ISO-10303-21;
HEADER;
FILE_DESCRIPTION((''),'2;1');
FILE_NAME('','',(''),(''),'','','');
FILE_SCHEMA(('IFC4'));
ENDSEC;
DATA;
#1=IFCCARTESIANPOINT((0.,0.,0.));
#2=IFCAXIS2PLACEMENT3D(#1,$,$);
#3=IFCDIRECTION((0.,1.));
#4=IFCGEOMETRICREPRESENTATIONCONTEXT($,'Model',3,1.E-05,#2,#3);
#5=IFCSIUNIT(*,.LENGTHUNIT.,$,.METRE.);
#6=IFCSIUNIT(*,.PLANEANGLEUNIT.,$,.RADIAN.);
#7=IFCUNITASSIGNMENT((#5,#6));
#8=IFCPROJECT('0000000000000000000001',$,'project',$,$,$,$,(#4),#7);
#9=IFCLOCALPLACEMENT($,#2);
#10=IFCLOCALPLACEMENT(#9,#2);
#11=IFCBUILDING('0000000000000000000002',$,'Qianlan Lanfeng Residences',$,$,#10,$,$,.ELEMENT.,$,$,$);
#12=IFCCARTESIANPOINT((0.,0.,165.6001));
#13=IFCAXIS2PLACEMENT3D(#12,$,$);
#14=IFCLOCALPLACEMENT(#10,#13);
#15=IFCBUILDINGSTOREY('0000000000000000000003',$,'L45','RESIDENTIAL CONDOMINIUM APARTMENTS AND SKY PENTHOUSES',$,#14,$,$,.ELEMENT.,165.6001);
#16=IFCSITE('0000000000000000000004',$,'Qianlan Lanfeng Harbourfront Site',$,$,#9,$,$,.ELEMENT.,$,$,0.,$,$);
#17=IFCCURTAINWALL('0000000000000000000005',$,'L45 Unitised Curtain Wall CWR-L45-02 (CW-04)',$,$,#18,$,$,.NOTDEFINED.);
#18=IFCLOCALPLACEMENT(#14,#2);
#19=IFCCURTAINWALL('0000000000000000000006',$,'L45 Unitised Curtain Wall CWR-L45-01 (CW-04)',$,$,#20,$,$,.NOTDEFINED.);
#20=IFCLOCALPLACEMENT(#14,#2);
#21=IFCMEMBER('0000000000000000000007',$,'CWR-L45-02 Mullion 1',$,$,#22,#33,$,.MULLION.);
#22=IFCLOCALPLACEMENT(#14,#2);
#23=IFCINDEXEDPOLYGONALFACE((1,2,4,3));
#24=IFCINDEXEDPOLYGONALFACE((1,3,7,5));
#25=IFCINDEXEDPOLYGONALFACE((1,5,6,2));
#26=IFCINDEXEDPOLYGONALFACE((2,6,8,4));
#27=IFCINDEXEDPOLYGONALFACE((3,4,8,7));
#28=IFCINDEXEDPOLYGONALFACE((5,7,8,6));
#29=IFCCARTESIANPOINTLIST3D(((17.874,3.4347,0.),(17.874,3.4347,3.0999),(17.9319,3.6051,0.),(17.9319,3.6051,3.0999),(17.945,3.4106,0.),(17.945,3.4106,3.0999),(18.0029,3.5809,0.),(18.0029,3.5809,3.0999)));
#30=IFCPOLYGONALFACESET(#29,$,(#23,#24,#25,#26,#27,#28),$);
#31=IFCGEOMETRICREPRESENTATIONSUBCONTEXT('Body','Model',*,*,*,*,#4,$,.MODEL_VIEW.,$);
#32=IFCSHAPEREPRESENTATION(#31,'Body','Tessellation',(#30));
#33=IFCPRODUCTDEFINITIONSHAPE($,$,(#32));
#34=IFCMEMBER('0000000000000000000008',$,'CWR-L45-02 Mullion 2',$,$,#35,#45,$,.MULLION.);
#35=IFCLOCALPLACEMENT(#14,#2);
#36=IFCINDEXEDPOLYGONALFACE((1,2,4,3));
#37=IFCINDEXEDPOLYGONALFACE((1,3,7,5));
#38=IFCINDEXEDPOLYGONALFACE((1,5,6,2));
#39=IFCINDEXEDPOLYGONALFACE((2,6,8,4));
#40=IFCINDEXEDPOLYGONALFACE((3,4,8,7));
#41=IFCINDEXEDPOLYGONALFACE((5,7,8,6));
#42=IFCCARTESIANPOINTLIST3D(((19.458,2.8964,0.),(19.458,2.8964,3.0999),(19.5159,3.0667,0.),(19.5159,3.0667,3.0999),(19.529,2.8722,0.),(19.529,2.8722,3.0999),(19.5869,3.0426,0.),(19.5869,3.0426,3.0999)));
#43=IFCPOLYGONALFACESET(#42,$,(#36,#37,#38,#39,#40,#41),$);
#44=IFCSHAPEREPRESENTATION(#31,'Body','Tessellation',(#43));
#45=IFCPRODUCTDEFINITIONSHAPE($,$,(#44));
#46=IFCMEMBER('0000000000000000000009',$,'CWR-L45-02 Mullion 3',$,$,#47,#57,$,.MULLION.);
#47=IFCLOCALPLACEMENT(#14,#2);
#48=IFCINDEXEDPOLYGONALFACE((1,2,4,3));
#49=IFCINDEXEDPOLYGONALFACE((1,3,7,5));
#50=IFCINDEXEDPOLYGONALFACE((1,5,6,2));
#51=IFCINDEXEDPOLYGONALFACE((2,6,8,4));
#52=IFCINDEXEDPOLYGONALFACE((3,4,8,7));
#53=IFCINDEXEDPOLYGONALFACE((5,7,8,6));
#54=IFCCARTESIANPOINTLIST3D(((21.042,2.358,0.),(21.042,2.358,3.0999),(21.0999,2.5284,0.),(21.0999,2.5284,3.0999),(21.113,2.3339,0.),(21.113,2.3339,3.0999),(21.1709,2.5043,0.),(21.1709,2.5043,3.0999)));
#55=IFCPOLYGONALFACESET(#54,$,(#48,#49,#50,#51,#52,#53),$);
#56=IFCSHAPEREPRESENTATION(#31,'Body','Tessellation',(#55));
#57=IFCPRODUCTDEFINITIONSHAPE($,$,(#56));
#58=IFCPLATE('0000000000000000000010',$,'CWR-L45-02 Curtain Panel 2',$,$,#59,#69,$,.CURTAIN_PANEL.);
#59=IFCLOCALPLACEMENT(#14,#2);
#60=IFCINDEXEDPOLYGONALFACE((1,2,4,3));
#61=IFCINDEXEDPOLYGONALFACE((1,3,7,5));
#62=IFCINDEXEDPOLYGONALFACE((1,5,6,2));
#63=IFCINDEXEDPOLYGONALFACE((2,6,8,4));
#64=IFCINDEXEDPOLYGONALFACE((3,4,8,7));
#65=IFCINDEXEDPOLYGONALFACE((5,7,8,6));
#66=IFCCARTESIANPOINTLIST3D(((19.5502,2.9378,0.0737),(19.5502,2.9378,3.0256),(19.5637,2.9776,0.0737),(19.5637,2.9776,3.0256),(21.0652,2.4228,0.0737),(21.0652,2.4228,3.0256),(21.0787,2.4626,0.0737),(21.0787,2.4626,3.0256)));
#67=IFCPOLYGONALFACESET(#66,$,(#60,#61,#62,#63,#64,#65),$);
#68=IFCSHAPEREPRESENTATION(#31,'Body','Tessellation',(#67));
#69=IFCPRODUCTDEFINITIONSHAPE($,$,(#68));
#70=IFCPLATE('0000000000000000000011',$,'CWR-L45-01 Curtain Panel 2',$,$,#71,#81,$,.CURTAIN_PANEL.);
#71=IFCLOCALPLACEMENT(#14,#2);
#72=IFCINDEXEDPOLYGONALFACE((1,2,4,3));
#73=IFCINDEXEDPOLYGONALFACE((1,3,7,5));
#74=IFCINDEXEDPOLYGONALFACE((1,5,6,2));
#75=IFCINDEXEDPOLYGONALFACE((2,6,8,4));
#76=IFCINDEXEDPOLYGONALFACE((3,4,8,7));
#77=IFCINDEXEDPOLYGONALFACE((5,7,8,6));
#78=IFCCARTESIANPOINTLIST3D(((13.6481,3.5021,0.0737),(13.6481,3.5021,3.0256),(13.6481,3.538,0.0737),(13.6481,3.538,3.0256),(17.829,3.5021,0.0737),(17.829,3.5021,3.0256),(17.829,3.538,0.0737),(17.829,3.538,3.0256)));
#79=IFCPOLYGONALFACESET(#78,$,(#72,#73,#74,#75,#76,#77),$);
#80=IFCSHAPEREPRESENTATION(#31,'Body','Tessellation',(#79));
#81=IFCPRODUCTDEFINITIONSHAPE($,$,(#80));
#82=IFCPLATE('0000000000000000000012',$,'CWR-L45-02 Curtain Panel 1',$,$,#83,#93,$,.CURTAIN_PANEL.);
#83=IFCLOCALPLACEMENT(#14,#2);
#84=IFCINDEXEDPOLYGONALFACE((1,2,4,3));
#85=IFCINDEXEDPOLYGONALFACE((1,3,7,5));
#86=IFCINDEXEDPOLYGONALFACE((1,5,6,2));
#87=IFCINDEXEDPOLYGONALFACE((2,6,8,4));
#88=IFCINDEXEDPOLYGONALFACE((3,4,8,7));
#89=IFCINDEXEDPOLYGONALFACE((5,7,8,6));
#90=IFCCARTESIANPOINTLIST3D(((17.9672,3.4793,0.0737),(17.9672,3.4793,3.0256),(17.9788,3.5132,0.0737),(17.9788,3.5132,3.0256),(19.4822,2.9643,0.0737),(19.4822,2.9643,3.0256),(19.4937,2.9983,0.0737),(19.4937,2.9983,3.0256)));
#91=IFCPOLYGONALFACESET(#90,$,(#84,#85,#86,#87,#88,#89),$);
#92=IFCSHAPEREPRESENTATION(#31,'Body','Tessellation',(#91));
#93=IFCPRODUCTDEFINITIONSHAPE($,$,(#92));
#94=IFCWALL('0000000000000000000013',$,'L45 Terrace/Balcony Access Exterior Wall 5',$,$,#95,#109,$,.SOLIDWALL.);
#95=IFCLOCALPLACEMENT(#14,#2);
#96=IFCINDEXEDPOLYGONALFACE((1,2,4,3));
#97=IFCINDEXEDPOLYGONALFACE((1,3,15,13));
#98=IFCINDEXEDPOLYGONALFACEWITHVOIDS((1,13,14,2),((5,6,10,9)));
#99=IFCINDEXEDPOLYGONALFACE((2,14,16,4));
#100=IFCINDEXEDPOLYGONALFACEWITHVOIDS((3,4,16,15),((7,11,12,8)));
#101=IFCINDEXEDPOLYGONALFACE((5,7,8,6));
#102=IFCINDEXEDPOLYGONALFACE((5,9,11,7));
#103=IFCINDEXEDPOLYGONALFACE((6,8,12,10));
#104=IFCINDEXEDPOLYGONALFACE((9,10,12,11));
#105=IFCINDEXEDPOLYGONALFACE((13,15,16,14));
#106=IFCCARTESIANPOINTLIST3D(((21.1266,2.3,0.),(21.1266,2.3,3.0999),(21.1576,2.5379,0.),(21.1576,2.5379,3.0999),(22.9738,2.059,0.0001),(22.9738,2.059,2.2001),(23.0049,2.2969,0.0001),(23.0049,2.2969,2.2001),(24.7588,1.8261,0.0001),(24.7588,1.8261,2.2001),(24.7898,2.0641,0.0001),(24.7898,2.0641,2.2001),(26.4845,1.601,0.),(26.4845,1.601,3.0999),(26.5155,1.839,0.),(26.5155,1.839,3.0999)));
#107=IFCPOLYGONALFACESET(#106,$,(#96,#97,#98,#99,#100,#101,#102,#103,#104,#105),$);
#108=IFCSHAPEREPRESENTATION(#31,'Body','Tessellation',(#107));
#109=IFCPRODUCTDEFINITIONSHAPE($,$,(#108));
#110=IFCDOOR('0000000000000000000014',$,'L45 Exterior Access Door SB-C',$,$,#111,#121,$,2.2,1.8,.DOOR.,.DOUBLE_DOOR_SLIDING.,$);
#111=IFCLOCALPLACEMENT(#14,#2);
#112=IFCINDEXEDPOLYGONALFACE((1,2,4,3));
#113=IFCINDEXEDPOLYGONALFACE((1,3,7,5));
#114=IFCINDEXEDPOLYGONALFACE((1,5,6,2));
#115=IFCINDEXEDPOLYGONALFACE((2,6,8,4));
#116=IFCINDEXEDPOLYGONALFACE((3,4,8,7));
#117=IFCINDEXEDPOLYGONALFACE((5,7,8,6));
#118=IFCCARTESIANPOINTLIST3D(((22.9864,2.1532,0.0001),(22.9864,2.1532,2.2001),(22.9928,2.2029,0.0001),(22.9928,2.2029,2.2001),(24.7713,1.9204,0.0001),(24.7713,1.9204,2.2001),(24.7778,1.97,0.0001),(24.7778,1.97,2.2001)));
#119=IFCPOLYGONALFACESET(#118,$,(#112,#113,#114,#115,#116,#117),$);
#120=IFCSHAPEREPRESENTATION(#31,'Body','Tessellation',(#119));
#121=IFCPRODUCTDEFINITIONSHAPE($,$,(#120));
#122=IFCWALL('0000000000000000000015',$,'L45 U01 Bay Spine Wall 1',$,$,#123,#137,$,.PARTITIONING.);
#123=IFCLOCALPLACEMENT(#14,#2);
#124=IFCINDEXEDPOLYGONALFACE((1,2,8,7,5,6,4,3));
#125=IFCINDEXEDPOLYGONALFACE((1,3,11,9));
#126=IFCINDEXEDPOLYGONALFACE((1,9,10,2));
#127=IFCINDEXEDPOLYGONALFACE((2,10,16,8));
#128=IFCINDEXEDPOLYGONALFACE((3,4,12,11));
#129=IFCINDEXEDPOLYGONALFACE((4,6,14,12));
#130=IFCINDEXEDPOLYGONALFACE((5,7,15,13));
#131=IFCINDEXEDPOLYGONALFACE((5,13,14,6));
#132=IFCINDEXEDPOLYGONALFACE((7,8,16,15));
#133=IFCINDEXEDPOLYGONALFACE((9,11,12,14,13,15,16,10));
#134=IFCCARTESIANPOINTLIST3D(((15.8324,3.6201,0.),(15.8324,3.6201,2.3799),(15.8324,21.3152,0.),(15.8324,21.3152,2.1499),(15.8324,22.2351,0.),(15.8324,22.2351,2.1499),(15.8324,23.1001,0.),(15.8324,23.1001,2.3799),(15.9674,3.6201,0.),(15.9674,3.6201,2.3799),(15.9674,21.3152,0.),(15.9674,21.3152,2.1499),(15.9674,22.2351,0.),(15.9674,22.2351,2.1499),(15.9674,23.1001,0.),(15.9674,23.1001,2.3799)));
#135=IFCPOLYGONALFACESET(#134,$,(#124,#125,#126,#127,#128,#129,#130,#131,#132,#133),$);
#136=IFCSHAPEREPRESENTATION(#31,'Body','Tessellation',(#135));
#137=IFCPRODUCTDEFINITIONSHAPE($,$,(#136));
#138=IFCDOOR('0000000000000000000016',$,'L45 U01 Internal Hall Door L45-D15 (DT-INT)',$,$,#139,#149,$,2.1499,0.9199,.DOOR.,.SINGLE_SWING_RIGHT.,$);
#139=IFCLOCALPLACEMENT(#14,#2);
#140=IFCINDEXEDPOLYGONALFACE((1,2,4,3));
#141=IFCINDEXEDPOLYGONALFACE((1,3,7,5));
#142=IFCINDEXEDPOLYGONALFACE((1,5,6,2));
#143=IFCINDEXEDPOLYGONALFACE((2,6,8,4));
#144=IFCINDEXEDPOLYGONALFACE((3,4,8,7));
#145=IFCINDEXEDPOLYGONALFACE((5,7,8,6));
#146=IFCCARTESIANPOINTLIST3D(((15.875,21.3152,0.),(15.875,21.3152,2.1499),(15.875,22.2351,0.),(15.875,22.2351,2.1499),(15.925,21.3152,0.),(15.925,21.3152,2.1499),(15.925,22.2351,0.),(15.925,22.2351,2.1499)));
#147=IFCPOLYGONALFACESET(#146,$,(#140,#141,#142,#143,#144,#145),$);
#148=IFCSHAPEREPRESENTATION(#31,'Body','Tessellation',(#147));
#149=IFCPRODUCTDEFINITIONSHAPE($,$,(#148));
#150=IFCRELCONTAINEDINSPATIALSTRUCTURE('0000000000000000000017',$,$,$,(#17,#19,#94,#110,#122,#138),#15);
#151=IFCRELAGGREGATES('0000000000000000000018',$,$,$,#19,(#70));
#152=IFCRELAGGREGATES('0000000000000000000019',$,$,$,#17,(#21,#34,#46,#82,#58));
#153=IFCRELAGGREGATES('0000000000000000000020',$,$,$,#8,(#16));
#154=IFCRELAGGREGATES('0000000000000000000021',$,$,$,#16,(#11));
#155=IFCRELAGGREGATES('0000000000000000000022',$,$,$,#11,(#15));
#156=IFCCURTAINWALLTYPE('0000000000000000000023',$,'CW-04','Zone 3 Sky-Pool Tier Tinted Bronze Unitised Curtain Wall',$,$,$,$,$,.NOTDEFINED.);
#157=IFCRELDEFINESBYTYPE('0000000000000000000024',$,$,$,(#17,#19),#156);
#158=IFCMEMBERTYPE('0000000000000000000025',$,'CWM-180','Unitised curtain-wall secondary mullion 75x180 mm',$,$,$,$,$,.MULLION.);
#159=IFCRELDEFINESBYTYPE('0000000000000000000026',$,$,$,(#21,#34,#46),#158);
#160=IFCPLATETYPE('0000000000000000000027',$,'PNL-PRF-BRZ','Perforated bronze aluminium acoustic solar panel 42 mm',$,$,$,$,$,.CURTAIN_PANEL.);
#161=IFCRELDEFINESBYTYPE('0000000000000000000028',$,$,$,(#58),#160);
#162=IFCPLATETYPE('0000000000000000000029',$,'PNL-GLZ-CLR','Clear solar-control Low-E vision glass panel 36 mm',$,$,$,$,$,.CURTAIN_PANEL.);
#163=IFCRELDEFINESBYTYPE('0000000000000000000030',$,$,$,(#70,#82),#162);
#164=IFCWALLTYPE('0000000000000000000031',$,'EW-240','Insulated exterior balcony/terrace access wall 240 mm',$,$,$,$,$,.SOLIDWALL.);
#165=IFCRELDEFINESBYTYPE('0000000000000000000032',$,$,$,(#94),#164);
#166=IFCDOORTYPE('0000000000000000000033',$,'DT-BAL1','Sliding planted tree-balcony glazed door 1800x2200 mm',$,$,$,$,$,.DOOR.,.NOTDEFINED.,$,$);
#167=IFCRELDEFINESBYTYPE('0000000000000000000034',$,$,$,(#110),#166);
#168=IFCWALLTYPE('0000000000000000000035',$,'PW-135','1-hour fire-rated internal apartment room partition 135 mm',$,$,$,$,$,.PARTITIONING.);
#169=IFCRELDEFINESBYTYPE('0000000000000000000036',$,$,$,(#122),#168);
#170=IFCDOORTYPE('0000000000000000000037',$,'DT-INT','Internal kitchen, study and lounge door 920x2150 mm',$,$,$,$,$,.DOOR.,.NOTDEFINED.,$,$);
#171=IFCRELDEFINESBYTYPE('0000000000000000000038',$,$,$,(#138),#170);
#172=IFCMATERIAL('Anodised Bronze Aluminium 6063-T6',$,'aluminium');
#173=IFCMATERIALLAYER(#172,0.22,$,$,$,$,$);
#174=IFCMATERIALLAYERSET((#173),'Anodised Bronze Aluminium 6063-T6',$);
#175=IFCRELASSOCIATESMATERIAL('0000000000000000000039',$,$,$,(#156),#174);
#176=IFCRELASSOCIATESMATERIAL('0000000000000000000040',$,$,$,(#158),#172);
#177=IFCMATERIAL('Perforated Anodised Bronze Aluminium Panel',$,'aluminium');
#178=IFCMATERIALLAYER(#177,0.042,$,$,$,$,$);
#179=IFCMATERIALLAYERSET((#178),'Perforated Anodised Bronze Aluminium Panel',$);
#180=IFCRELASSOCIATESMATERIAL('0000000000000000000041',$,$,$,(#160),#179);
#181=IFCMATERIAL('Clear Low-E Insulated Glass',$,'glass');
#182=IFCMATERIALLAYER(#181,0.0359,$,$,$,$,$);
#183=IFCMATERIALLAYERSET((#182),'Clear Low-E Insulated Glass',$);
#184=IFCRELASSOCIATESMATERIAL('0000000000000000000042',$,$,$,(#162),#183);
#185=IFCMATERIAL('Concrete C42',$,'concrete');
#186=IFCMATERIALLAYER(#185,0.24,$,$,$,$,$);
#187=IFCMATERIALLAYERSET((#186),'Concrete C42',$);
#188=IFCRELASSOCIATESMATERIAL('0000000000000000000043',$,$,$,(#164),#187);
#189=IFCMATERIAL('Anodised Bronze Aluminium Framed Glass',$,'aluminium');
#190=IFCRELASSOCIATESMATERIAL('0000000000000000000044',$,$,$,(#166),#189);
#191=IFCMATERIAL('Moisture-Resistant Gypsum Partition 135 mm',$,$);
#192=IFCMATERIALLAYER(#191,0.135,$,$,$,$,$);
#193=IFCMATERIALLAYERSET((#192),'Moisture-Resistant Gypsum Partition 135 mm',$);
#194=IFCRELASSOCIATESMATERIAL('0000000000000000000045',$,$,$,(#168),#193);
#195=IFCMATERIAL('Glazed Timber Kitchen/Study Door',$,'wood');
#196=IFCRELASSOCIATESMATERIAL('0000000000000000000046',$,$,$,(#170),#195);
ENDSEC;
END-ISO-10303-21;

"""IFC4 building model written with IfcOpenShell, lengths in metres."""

from ifc_helpers import new_model, si_unit, direction, frame, frame_2d, origin, origin_2d, place, context, subcontext, project, spatial, rectangle, extrude, source, transform, mapped, material, layer, layer_set, material_profile, profile_set, type_object, element, fill, aggregate, save


model = new_model("IFC4")

# Units and contexts
model_context = context("Model", 3, precision=1e-05, world=origin(), true_north=direction((0.0, 1.0)))
body_context = subcontext(model_context, "Body", "Model", "MODEL_VIEW")
ifc_project = project(units=[si_unit("LENGTHUNIT", "METRE"), si_unit("PLANEANGLEUNIT", "RADIAN")], contexts=[model_context])

# Site, building, storey
site_placement = place(None, origin())
site = spatial("IfcSite", under=ifc_project, at=site_placement, Name="Qianlan Lanfeng Harbourfront Site", CompositionType="ELEMENT", RefElevation=0.0)
building_placement = place(site_placement, origin())
building = spatial("IfcBuilding", under=site, at=building_placement, Name="Qianlan Lanfeng Residences", CompositionType="ELEMENT")
storey_placement = place(building_placement, frame((0.0, 0.0, 165.6001)))
storey = spatial("IfcBuildingStorey", under=building, at=storey_placement, Name="L45", Description="RESIDENTIAL CONDOMINIUM APARTMENTS AND SKY PENTHOUSES", CompositionType="ELEMENT", Elevation=165.6001)

# Curtain wall
ifc_material_1 = material(Name="Anodised Bronze Aluminium 6063-T6", Category="aluminium")
ifc_layer_1 = layer(ifc_material_1, 0.22)
ifc_layer_set_1 = layer_set([ifc_layer_1], Name="Anodised Bronze Aluminium 6063-T6")
curtain_wall_type = type_object("IfcCurtainWallType", Name="CW-04", Description="Zone 3 Sky-Pool Tier Tinted Bronze Unitised Curtain Wall", PredefinedType="NOTDEFINED", material=ifc_layer_set_1)
curtain_wall_1_placement = place(storey_placement, origin())
curtain_wall_1 = element("IfcCurtainWall", 1, at=curtain_wall_1_placement, inside=storey, type_object=curtain_wall_type, Name="L45 Unitised Curtain Wall CWR-L45-02 (CW-04)", PredefinedType="NOTDEFINED")

# Curtain wall
curtain_wall_2_placement = place(storey_placement, origin())
curtain_wall_2 = element("IfcCurtainWall", 2, at=curtain_wall_2_placement, inside=storey, type_object=curtain_wall_type, Name="L45 Unitised Curtain Wall CWR-L45-01 (CW-04)", PredefinedType="NOTDEFINED")
ifc_material_profile_1 = material_profile(ifc_material_1, rectangle(XDim=0.075, YDim=0.1799, at=origin_2d()), Name="ALU MULLION 75x180")
ifc_profile_set_1 = profile_set([ifc_material_profile_1], Name="Anodised Bronze Aluminium 6063-T6")
member_type_1 = type_object("IfcMemberType", Name="CWM-180", Description="Unitised curtain-wall secondary mullion 75x180 mm", PredefinedType="MULLION", material=ifc_profile_set_1)
shared_shape_1 = source(origin(), body_context, "Body", "SweptSolid", [
    extrude(rectangle(XDim=0.075, YDim=0.1799, at=origin_2d()), origin(), (0.0, 0.0, 1.0), 3.0999),
])

# Members
member_1_placement = place(storey_placement, frame((17.9385, 3.5078, 0.0), z_axis=(0.0, 0.0, 1.0), x_axis=(0.946796, -0.321834, 0.0)))
member_1 = element("IfcMember", 3, at=member_1_placement, type_object=member_type_1, Name="CWR-L45-02 Mullion 1", PredefinedType="MULLION", context=body_context, shape_type="MappedRepresentation", body=[
    mapped(shared_shape_1, transform((0.0, 0.0, 0.0), scale=1.0)),
])
member_2_placement = place(storey_placement, frame((19.5225, 2.9695, 0.0), z_axis=(0.0, 0.0, 1.0), x_axis=(0.946796, -0.321834, 0.0)))
member_2 = element("IfcMember", 4, at=member_2_placement, type_object=member_type_1, Name="CWR-L45-02 Mullion 2", PredefinedType="MULLION", context=body_context, shape_type="MappedRepresentation", body=[
    mapped(shared_shape_1, transform((0.0, 0.0, 0.0), scale=1.0)),
])
member_3_placement = place(storey_placement, frame((21.1064, 2.4312, 0.0), z_axis=(0.0, 0.0, 1.0), x_axis=(0.946796, -0.321834, 0.0)))
member_3 = element("IfcMember", 5, at=member_3_placement, type_object=member_type_1, Name="CWR-L45-02 Mullion 3", PredefinedType="MULLION", context=body_context, shape_type="MappedRepresentation", body=[
    mapped(shared_shape_1, transform((0.0, 0.0, 0.0), scale=1.0)),
])

# Plates
ifc_material_2 = material(Name="Perforated Anodised Bronze Aluminium Panel", Category="aluminium")
ifc_layer_2 = layer(ifc_material_2, 0.042)
ifc_layer_set_2 = layer_set([ifc_layer_2], Name="Perforated Anodised Bronze Aluminium Panel")
plate_type_1 = type_object("IfcPlateType", Name="PNL-PRF-BRZ", Description="Perforated bronze aluminium acoustic solar panel 42 mm", PredefinedType="CURTAIN_PANEL", material=ifc_layer_set_2)
shared_shape_2 = source(origin(), body_context, "Body", "SweptSolid", [
    extrude(rectangle(XDim=1.6001, YDim=0.042, at=origin_2d()), origin(), (0.0, 0.0, 1.0), 2.9519),
])
plate_1_placement = place(storey_placement, frame((20.3145, 2.7002, 0.0737), z_axis=(0.0, 0.0, 1.0), x_axis=(0.946796, -0.321834, 0.0)))
plate_1 = element("IfcPlate", 6, at=plate_1_placement, type_object=plate_type_1, Name="CWR-L45-02 Curtain Panel 2", PredefinedType="CURTAIN_PANEL", context=body_context, shape_type="MappedRepresentation", body=[
    mapped(shared_shape_2, transform((0.0, 0.0, 0.0), scale=1.0)),
])
ifc_material_3 = material(Name="Clear Low-E Insulated Glass", Category="glass")
ifc_layer_3 = layer(ifc_material_3, 0.0359)
ifc_layer_set_3 = layer_set([ifc_layer_3], Name="Clear Low-E Insulated Glass")
plate_type_2 = type_object("IfcPlateType", Name="PNL-GLZ-CLR", Description="Clear solar-control Low-E vision glass panel 36 mm", PredefinedType="CURTAIN_PANEL", material=ifc_layer_set_3)
shared_shape_3 = source(origin(), body_context, "Body", "SweptSolid", [
    extrude(rectangle(XDim=4.1809, YDim=0.0359, at=origin_2d()), origin(), (0.0, 0.0, 1.0), 2.9519),
])
plate_2_placement = place(storey_placement, frame((15.7385, 3.52, 0.0737), z_axis=(0.0, 0.0, 1.0), x_axis=(1.0, 0.0, 0.0)))
plate_2 = element("IfcPlate", 7, at=plate_2_placement, type_object=plate_type_2, Name="CWR-L45-01 Curtain Panel 2", PredefinedType="CURTAIN_PANEL", context=body_context, shape_type="MappedRepresentation", body=[
    mapped(shared_shape_3, transform((0.0, 0.0, 0.0), scale=1.0)),
])
aggregate(curtain_wall_2, [plate_2])
shared_shape_4 = source(origin(), body_context, "Body", "SweptSolid", [
    extrude(rectangle(XDim=1.6001, YDim=0.0359, at=origin_2d()), origin(), (0.0, 0.0, 1.0), 2.9519),
])
plate_3_placement = place(storey_placement, frame((18.7305, 3.2388, 0.0737), z_axis=(0.0, 0.0, 1.0), x_axis=(0.946796, -0.321834, 0.0)))
plate_3 = element("IfcPlate", 8, at=plate_3_placement, type_object=plate_type_2, Name="CWR-L45-02 Curtain Panel 1", PredefinedType="CURTAIN_PANEL", context=body_context, shape_type="MappedRepresentation", body=[
    mapped(shared_shape_4, transform((0.0, 0.0, 0.0), scale=1.0)),
])
aggregate(curtain_wall_1, [member_1, member_2, member_3, plate_3, plate_1])

# Walls, openings, doors
ifc_material_4 = material(Name="Concrete C42", Category="concrete")
ifc_layer_4 = layer(ifc_material_4, 0.24)
ifc_layer_set_4 = layer_set([ifc_layer_4], Name="Concrete C42")
wall_type_1 = type_object("IfcWallType", Name="EW-240", Description="Insulated exterior balcony/terrace access wall 240 mm", PredefinedType="SOLIDWALL", material=ifc_layer_set_4)
wall_1_placement = place(storey_placement, frame((21.1421, 2.4189, 0.0), z_axis=(0.0, 0.0, 1.0), x_axis=(0.991598, -0.12936, 0.0)))
wall_1 = element("IfcWall", 9, at=wall_1_placement, inside=storey, type_object=wall_type_1, Name="L45 Terrace/Balcony Access Exterior Wall 5", PredefinedType="SOLIDWALL", context=body_context, shape_type="SweptSolid", body=[
    extrude(rectangle(XDim=5.4033, YDim=0.24, at=frame_2d((2.7017, 0.0))), origin(), (0.0, 0.0, 1.0), 3.0999),
])
opening_1_placement = place(wall_1_placement, frame((1.863, 0.0, 0.0)))
opening_1 = element("IfcOpeningElement", 10, at=opening_1_placement, cuts=wall_1, PredefinedType="OPENING", context=body_context, shape_type="SweptSolid", body=[
    extrude(rectangle(XDim=1.8, YDim=2.2, at=frame_2d((0.8999, 1.1001))), frame((0.0, 0.1299, 0.0), z_axis=(0.0, -1.0, 0.0), x_axis=(1.0, 0.0, 0.0)), (0.0, 0.0, 1.0), 0.26),
])
ifc_material_5 = material(Name="Anodised Bronze Aluminium Framed Glass", Category="aluminium")
door_type_1 = type_object("IfcDoorType", Name="DT-BAL1", Description="Sliding planted tree-balcony glazed door 1800x2200 mm", OperationType="NOTDEFINED", PredefinedType="DOOR", material=ifc_material_5)
door_1_placement = place(opening_1_placement, frame((1.8, 0.0, 0.0), z_axis=(0.0, 0.0, 1.0), x_axis=(-1.0, 0.0, 0.0)))
door_1 = element("IfcDoor", 11, at=door_1_placement, inside=storey, type_object=door_type_1, Name="L45 Exterior Access Door SB-C", OperationType="DOUBLE_DOOR_SLIDING", OverallHeight=2.2, OverallWidth=1.8, PredefinedType="DOOR", context=body_context, shape_type="SweptSolid", body=[
    extrude(rectangle(XDim=1.8, YDim=2.2, at=frame_2d((0.8999, 1.1001))), frame((0.0, 0.0249, 0.0), z_axis=(0.0, -1.0, 0.0), x_axis=(1.0, 0.0, 0.0)), (0.0, 0.0, 1.0), 0.05),
])
fill(opening_1, door_1)
ifc_material_6 = material(Name="Moisture-Resistant Gypsum Partition 135 mm")
ifc_layer_5 = layer(ifc_material_6, 0.135)
ifc_layer_set_5 = layer_set([ifc_layer_5], Name="Moisture-Resistant Gypsum Partition 135 mm")
wall_type_2 = type_object("IfcWallType", Name="PW-135", Description="1-hour fire-rated internal apartment room partition 135 mm", PredefinedType="PARTITIONING", material=ifc_layer_set_5)
wall_2_placement = place(storey_placement, frame((15.8999, 3.6201, 0.0), z_axis=(0.0, 0.0, 1.0), x_axis=(0.0, 1.0, 0.0)))
wall_2 = element("IfcWall", 12, at=wall_2_placement, inside=storey, type_object=wall_type_2, Name="L45 U01 Bay Spine Wall 1", PredefinedType="PARTITIONING", context=body_context, shape_type="SweptSolid", body=[
    extrude(rectangle(XDim=19.48, YDim=0.135, at=frame_2d((9.74, 0.0))), origin(), (0.0, 0.0, 1.0), 2.3799),
])
opening_2_placement = place(wall_2_placement, frame((17.6951, 0.0, 0.0)))
opening_2 = element("IfcOpeningElement", 13, at=opening_2_placement, cuts=wall_2, PredefinedType="OPENING", context=body_context, shape_type="SweptSolid", body=[
    extrude(rectangle(XDim=0.9199, YDim=2.1499, at=frame_2d((0.46, 1.075))), frame((0.0, 0.0776, 0.0), z_axis=(0.0, -1.0, 0.0), x_axis=(1.0, 0.0, 0.0)), (0.0, 0.0, 1.0), 0.155),
])
ifc_material_7 = material(Name="Glazed Timber Kitchen/Study Door", Category="wood")
door_type_2 = type_object("IfcDoorType", Name="DT-INT", Description="Internal kitchen, study and lounge door 920x2150 mm", OperationType="NOTDEFINED", PredefinedType="DOOR", material=ifc_material_7)
door_2_placement = place(opening_2_placement, origin())
door_2 = element("IfcDoor", 14, at=door_2_placement, inside=storey, type_object=door_type_2, Name="L45 U01 Internal Hall Door L45-D15 (DT-INT)", OperationType="SINGLE_SWING_RIGHT", OverallHeight=2.1499, OverallWidth=0.9199, PredefinedType="DOOR", context=body_context, shape_type="SweptSolid", body=[
    extrude(rectangle(XDim=0.9199, YDim=2.1499, at=frame_2d((0.46, 1.075))), frame((0.0, 0.0249, 0.0), z_axis=(0.0, -1.0, 0.0), x_axis=(1.0, 0.0, 0.0)), (0.0, 0.0, 1.0), 0.05),
])
fill(opening_2, door_2)

save(model, "model.ifc")
